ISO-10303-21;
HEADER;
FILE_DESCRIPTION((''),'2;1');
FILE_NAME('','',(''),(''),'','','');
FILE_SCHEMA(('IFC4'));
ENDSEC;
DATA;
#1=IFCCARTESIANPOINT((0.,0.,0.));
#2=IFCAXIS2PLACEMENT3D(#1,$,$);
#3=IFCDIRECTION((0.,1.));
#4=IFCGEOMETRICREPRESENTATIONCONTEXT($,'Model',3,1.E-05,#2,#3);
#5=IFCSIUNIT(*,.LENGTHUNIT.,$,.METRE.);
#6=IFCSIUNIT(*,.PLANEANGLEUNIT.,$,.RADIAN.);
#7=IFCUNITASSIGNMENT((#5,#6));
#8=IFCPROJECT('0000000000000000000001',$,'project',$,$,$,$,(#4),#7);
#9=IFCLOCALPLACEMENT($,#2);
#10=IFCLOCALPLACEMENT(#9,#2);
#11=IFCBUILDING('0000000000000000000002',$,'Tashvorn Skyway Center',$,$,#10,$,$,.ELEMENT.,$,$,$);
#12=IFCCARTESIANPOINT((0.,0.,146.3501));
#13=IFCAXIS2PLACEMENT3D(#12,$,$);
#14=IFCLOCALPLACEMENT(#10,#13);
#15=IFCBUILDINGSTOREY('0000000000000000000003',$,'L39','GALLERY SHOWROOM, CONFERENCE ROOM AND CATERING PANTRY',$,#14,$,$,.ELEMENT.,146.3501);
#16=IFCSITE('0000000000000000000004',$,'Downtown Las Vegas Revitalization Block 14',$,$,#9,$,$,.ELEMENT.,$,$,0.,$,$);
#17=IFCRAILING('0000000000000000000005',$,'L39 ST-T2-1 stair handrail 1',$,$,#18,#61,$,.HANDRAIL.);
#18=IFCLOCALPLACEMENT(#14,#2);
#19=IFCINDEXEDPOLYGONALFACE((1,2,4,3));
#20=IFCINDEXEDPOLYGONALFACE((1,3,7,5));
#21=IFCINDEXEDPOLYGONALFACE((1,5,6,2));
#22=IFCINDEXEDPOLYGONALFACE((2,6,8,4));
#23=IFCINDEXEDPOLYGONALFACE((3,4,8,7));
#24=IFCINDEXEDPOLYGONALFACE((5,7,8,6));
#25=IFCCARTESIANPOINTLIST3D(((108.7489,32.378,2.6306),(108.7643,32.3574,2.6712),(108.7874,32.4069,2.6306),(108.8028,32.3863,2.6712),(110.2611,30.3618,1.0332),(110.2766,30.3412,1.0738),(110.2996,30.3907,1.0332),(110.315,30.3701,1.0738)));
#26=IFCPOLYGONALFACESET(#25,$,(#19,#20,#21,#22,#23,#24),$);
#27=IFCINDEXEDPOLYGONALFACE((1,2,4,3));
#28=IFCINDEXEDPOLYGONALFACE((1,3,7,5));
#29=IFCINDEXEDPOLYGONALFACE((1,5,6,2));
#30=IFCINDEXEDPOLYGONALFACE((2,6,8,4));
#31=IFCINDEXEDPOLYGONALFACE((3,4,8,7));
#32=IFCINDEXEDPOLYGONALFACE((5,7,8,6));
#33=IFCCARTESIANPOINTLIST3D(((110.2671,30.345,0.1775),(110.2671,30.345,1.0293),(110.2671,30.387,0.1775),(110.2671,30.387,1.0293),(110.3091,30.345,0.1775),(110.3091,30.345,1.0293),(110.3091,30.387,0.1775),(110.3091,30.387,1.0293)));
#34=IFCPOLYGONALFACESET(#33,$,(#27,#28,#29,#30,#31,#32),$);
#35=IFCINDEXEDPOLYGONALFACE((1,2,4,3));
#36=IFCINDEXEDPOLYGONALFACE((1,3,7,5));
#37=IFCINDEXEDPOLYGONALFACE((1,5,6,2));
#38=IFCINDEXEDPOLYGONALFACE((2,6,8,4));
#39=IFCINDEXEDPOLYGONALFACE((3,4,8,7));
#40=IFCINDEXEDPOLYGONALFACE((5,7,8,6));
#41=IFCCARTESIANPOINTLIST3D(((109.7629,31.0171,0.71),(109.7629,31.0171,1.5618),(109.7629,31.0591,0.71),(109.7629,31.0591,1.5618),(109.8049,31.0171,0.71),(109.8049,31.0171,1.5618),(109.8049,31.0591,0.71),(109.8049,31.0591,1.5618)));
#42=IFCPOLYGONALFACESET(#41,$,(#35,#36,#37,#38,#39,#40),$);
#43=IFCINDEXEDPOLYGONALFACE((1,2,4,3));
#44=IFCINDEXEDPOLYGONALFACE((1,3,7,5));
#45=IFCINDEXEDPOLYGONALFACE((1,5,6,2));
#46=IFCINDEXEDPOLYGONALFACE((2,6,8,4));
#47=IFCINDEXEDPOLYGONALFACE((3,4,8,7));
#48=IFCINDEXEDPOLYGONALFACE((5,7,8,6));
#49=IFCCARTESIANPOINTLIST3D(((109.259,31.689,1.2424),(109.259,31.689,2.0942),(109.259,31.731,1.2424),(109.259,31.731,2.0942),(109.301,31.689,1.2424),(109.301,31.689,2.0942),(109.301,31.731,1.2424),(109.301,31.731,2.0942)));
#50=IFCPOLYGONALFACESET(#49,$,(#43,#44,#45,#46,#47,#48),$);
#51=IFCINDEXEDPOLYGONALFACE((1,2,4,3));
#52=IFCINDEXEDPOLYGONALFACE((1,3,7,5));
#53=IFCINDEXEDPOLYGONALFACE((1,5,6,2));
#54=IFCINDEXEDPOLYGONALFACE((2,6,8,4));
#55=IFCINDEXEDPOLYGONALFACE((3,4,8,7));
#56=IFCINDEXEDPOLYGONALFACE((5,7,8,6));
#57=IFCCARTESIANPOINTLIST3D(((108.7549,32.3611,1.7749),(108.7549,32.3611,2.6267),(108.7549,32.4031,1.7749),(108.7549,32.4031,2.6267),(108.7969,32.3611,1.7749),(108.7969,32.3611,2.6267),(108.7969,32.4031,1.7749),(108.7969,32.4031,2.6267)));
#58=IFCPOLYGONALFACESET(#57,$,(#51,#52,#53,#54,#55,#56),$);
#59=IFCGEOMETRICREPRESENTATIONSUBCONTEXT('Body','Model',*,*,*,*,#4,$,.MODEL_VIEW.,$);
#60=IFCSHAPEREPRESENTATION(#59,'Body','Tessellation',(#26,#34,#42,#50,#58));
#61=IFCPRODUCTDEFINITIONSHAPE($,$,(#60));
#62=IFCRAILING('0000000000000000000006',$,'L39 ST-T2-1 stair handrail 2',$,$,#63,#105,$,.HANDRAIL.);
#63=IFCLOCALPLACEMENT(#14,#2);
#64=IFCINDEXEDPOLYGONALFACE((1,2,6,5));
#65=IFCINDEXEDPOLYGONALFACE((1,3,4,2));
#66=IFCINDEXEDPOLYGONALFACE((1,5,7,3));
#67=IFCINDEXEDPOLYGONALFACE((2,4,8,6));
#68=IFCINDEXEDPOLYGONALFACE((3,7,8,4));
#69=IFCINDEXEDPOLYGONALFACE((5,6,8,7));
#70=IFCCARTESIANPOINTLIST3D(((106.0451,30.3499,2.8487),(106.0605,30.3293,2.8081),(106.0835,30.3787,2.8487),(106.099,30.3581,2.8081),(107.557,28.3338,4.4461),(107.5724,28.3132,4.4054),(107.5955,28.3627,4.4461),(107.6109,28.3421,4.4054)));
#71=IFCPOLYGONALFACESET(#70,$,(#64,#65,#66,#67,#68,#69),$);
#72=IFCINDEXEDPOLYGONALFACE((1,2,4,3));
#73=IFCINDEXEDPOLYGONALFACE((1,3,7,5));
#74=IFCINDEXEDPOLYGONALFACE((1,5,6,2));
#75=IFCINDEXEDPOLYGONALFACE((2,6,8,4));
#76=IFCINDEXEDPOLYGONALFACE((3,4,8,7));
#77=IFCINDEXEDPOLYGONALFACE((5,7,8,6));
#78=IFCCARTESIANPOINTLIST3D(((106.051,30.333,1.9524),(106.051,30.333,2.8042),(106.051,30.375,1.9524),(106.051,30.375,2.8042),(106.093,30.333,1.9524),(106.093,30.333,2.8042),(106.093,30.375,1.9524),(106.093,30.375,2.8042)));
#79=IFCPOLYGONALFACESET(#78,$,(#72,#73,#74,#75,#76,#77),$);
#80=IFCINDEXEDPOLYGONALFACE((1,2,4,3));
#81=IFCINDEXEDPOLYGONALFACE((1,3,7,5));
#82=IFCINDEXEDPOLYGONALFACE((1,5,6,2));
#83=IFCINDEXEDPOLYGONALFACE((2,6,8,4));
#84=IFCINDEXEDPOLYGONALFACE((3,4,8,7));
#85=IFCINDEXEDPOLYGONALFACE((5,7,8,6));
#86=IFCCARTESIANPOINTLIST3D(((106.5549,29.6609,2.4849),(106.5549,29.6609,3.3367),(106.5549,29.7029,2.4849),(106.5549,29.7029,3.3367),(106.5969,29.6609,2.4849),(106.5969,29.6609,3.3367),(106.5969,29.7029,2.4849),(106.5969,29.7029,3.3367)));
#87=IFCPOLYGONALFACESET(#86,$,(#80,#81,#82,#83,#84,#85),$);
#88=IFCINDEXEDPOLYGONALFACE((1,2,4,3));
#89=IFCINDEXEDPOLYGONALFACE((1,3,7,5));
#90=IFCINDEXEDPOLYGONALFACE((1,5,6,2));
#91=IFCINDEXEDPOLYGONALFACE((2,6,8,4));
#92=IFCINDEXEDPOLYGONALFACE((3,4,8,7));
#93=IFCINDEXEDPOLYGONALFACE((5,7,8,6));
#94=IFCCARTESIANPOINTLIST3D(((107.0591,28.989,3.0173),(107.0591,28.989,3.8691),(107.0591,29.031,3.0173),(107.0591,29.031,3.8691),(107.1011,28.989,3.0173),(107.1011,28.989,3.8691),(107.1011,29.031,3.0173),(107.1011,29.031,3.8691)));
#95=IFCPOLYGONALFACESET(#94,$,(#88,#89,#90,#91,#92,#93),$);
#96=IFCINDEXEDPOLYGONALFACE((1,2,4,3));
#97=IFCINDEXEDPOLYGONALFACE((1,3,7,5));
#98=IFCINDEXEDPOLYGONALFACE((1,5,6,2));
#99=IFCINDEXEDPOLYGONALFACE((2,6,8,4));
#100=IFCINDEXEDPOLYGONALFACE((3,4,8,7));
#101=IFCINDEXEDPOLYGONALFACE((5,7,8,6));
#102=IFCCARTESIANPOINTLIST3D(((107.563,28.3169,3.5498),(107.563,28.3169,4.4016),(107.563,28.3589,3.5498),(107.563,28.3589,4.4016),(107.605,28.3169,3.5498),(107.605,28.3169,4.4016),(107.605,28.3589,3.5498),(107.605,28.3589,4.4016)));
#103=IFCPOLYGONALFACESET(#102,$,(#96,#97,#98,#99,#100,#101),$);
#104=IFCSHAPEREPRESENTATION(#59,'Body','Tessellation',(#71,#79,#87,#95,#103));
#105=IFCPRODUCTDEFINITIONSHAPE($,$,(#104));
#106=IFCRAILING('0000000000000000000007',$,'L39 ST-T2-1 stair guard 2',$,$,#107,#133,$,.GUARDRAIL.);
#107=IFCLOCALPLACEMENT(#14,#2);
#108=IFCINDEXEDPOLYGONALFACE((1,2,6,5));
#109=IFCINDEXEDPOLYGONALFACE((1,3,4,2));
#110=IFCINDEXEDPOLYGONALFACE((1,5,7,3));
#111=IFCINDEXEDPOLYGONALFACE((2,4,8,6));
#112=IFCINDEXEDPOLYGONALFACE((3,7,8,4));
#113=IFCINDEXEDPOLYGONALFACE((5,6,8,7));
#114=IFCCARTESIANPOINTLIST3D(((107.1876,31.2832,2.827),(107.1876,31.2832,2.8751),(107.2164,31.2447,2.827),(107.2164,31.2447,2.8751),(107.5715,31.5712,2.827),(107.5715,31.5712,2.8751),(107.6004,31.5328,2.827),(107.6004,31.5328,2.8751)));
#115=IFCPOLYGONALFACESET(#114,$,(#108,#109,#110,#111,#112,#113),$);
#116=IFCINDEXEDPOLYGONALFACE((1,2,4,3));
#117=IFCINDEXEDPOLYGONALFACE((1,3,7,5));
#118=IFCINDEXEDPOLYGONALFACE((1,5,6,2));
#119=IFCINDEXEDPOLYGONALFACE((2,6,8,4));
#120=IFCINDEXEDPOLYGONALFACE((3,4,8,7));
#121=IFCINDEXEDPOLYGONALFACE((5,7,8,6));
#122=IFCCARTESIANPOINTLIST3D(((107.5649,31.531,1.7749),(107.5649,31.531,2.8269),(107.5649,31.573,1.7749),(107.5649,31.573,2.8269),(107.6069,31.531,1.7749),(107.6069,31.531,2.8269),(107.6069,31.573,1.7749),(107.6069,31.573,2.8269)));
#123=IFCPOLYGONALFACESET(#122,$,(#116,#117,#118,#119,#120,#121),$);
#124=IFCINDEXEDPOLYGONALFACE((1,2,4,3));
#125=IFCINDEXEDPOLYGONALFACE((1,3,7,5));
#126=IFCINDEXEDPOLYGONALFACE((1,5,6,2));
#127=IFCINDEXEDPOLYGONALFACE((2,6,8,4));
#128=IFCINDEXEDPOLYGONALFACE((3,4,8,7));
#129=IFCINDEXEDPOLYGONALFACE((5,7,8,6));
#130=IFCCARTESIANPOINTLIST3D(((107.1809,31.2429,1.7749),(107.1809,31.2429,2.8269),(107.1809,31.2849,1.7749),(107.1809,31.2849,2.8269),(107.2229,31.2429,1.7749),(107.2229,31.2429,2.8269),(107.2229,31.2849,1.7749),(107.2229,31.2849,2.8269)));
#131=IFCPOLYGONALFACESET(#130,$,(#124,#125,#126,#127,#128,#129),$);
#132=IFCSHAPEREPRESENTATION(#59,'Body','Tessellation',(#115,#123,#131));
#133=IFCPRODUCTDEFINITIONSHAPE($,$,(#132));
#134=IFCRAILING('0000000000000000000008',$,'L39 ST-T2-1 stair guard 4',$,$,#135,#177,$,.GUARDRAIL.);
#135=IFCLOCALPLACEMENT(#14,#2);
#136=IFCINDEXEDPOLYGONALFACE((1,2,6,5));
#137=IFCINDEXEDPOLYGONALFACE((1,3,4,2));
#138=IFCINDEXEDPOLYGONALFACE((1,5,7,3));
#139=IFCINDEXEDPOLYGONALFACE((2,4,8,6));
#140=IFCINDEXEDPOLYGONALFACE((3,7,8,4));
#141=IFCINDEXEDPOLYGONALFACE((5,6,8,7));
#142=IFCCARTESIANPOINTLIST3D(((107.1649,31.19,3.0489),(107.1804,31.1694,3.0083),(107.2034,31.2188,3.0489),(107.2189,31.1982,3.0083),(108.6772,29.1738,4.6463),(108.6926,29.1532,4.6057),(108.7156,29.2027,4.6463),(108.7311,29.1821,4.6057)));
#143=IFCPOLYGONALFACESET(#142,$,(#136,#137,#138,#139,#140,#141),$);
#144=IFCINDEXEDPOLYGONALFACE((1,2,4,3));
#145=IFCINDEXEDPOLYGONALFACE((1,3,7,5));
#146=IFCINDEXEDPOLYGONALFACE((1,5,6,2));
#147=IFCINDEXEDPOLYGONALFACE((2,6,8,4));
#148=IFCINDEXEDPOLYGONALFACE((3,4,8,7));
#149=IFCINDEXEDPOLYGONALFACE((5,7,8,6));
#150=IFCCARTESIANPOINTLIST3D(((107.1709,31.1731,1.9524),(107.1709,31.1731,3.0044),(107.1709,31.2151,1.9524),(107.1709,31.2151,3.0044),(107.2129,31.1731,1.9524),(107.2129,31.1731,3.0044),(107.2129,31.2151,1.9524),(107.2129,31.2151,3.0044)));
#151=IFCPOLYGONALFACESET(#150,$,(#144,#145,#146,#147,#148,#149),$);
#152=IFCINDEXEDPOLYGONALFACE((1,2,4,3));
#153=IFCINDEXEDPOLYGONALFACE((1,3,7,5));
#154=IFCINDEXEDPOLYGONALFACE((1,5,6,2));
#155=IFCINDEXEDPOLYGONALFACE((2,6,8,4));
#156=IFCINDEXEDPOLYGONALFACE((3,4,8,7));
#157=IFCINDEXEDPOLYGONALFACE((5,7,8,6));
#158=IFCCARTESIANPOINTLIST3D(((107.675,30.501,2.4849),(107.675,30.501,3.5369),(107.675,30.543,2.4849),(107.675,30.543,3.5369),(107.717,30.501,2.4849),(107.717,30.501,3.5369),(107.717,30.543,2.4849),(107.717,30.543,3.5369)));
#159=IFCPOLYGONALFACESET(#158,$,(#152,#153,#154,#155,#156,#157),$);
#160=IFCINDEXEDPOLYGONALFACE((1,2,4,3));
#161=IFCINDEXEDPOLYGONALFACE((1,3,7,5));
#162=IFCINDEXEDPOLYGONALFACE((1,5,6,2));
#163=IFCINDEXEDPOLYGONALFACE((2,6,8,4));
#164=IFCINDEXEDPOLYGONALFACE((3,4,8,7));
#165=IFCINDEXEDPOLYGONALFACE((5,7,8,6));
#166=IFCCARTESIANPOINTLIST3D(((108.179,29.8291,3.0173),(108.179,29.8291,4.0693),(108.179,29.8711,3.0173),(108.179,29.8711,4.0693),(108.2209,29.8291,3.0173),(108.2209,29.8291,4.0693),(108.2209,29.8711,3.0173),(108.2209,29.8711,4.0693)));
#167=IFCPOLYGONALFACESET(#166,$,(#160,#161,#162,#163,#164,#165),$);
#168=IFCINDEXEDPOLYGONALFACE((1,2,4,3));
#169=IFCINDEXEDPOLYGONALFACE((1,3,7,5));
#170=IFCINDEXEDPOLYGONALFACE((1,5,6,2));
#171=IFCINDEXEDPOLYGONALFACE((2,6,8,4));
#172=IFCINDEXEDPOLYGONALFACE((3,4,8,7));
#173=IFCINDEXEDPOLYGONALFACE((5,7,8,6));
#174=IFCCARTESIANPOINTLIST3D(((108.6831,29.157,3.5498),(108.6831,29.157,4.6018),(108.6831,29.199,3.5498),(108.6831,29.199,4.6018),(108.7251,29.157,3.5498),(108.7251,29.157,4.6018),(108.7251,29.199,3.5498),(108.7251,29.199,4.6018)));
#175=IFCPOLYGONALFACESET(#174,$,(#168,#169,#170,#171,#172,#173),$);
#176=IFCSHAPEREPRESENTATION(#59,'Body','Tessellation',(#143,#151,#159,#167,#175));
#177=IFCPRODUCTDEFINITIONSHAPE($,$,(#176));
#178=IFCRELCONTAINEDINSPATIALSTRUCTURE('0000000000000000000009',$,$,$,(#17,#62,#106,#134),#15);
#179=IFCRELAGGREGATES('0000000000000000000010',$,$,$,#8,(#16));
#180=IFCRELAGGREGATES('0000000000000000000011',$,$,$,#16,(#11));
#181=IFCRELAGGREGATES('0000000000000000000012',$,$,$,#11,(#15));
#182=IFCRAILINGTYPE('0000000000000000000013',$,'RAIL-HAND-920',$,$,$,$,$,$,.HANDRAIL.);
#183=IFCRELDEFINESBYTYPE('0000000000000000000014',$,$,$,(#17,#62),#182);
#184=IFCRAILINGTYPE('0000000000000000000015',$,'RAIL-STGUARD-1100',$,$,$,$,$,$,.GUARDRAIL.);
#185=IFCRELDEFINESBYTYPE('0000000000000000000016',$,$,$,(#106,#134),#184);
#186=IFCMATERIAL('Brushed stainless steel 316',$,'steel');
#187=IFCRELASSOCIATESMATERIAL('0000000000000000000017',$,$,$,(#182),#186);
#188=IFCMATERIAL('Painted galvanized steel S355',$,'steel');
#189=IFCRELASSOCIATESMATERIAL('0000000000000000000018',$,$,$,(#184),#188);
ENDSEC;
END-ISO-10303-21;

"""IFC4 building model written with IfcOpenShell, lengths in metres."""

from ifc_helpers import new_model, si_unit, direction, frame, origin, origin_2d, place, context, subcontext, project, spatial, rectangle, extrude, material, type_object, element, save


model = new_model("IFC4")

# Units and contexts
model_context = context("Model", 3, precision=1e-05, world=origin(), true_north=direction((0.0, 1.0)))
body_context = subcontext(model_context, "Body", "Model", "MODEL_VIEW")
ifc_project = project(units=[si_unit("LENGTHUNIT", "METRE"), si_unit("PLANEANGLEUNIT", "RADIAN")], contexts=[model_context])

# Site, building, storey
site_placement = place(None, origin())
site = spatial("IfcSite", under=ifc_project, at=site_placement, Name="Downtown Las Vegas Revitalization Block 14", CompositionType="ELEMENT", RefElevation=0.0)
building_placement = place(site_placement, origin())
building = spatial("IfcBuilding", under=site, at=building_placement, Name="Tashvorn Skyway Center", CompositionType="ELEMENT")
storey_placement = place(building_placement, frame((0.0, 0.0, 146.3501)))
storey = spatial("IfcBuildingStorey", under=building, at=storey_placement, Name="L39", Description="GALLERY SHOWROOM, CONFERENCE ROOM AND CATERING PANTRY", CompositionType="ELEMENT", Elevation=146.3501)

# Railings
ifc_material_1 = material(Name="Brushed stainless steel 316", Category="steel")
railing_type_1 = type_object("IfcRailingType", Name="RAIL-HAND-920", PredefinedType="HANDRAIL", material=ifc_material_1)
railing_1_placement = place(storey_placement, frame((110.2881, 30.366, 0.1775)))
element("IfcRailing", 1, at=railing_1_placement, inside=storey, type_object=railing_type_1, Name="L39 ST-T2-1 stair handrail 1", PredefinedType="HANDRAIL", context=body_context, shape_type="SweptSolid", body=[
    extrude(rectangle(XDim=0.0481, YDim=0.0481, at=origin_2d()), frame((0.0, 0.0, 0.876), z_axis=(-0.506802, 0.675681, 0.535357), x_axis=(-0.799977, -0.600031, 0.0)), (0.0, 0.0, 1.0), 2.9839),
    extrude(rectangle(XDim=0.042, YDim=0.042, at=origin_2d()), origin(), (0.0, 0.0, 1.0), 0.8518),
    extrude(rectangle(XDim=0.042, YDim=0.042, at=origin_2d()), frame((-0.5042, 0.6721, 0.5325)), (0.0, 0.0, 1.0), 0.8518),
    extrude(rectangle(XDim=0.042, YDim=0.042, at=origin_2d()), frame((-1.0081, 1.344, 1.0649)), (0.0, 0.0, 1.0), 0.8518),
    extrude(rectangle(XDim=0.042, YDim=0.042, at=origin_2d()), frame((-1.5122, 2.0161, 1.5974)), (0.0, 0.0, 1.0), 0.8518),
])
railing_2_placement = place(storey_placement, frame((106.072, 30.354, 1.9524)))
element("IfcRailing", 2, at=railing_2_placement, inside=storey, type_object=railing_type_1, Name="L39 ST-T2-1 stair handrail 2", PredefinedType="HANDRAIL", context=body_context, shape_type="SweptSolid", body=[
    extrude(rectangle(XDim=0.0481, YDim=0.0481, at=origin_2d()), frame((0.0, 0.0, 0.876), z_axis=(0.506741, -0.675709, 0.535379), x_axis=(0.800023, 0.599969, 0.0)), (0.0, 0.0, 1.0), 2.9836),
    extrude(rectangle(XDim=0.042, YDim=0.042, at=origin_2d()), origin(), (0.0, 0.0, 1.0), 0.8518),
    extrude(rectangle(XDim=0.042, YDim=0.042, at=origin_2d()), frame((0.5039, -0.6721, 0.5325)), (0.0, 0.0, 1.0), 0.8518),
    extrude(rectangle(XDim=0.042, YDim=0.042, at=origin_2d()), frame((1.0081, -1.344, 1.0649)), (0.0, 0.0, 1.0), 0.8518),
    extrude(rectangle(XDim=0.042, YDim=0.042, at=origin_2d()), frame((1.512, -2.0161, 1.5974)), (0.0, 0.0, 1.0), 0.8518),
])
ifc_material_2 = material(Name="Painted galvanized steel S355", Category="steel")
railing_type_2 = type_object("IfcRailingType", Name="RAIL-STGUARD-1100", PredefinedType="GUARDRAIL", material=ifc_material_2)
railing_3_placement = place(storey_placement, frame((107.5859, 31.552, 1.7749)))
element("IfcRailing", 3, at=railing_3_placement, inside=storey, type_object=railing_type_2, Name="L39 ST-T2-1 stair guard 2", PredefinedType="GUARDRAIL", context=body_context, shape_type="SweptSolid", body=[
    extrude(rectangle(XDim=0.0481, YDim=0.0481, at=origin_2d()), frame((0.0, 0.0, 1.0762), z_axis=(-0.799939, -0.600081, 0.0), x_axis=(0.600081, -0.799939, 0.0)), (0.0, 0.0, 1.0), 0.48),
    extrude(rectangle(XDim=0.042, YDim=0.042, at=origin_2d()), origin(), (0.0, 0.0, 1.0), 1.052),
    extrude(rectangle(XDim=0.042, YDim=0.042, at=origin_2d()), frame((-0.384, -0.2881, 0.0)), (0.0, 0.0, 1.0), 1.052),
])
railing_4_placement = place(storey_placement, frame((107.1919, 31.1941, 1.9524)))
element("IfcRailing", 4, at=railing_4_placement, inside=storey, type_object=railing_type_2, Name="L39 ST-T2-1 stair guard 4", PredefinedType="GUARDRAIL", context=body_context, shape_type="SweptSolid", body=[
    extrude(rectangle(XDim=0.0481, YDim=0.0481, at=origin_2d()), frame((0.0, 0.0, 1.0762), z_axis=(0.506802, -0.675681, 0.535357), x_axis=(0.799977, 0.600031, 0.0)), (0.0, 0.0, 1.0), 2.9839),
    extrude(rectangle(XDim=0.042, YDim=0.042, at=origin_2d()), origin(), (0.0, 0.0, 1.0), 1.052),
    extrude(rectangle(XDim=0.042, YDim=0.042, at=origin_2d()), frame((0.5042, -0.6721, 0.5325)), (0.0, 0.0, 1.0), 1.052),
    extrude(rectangle(XDim=0.042, YDim=0.042, at=origin_2d()), frame((1.0081, -1.344, 1.0649)), (0.0, 0.0, 1.0), 1.052),
    extrude(rectangle(XDim=0.042, YDim=0.042, at=origin_2d()), frame((1.5122, -2.0161, 1.5974)), (0.0, 0.0, 1.0), 1.052),
])

save(model, "model.ifc")
